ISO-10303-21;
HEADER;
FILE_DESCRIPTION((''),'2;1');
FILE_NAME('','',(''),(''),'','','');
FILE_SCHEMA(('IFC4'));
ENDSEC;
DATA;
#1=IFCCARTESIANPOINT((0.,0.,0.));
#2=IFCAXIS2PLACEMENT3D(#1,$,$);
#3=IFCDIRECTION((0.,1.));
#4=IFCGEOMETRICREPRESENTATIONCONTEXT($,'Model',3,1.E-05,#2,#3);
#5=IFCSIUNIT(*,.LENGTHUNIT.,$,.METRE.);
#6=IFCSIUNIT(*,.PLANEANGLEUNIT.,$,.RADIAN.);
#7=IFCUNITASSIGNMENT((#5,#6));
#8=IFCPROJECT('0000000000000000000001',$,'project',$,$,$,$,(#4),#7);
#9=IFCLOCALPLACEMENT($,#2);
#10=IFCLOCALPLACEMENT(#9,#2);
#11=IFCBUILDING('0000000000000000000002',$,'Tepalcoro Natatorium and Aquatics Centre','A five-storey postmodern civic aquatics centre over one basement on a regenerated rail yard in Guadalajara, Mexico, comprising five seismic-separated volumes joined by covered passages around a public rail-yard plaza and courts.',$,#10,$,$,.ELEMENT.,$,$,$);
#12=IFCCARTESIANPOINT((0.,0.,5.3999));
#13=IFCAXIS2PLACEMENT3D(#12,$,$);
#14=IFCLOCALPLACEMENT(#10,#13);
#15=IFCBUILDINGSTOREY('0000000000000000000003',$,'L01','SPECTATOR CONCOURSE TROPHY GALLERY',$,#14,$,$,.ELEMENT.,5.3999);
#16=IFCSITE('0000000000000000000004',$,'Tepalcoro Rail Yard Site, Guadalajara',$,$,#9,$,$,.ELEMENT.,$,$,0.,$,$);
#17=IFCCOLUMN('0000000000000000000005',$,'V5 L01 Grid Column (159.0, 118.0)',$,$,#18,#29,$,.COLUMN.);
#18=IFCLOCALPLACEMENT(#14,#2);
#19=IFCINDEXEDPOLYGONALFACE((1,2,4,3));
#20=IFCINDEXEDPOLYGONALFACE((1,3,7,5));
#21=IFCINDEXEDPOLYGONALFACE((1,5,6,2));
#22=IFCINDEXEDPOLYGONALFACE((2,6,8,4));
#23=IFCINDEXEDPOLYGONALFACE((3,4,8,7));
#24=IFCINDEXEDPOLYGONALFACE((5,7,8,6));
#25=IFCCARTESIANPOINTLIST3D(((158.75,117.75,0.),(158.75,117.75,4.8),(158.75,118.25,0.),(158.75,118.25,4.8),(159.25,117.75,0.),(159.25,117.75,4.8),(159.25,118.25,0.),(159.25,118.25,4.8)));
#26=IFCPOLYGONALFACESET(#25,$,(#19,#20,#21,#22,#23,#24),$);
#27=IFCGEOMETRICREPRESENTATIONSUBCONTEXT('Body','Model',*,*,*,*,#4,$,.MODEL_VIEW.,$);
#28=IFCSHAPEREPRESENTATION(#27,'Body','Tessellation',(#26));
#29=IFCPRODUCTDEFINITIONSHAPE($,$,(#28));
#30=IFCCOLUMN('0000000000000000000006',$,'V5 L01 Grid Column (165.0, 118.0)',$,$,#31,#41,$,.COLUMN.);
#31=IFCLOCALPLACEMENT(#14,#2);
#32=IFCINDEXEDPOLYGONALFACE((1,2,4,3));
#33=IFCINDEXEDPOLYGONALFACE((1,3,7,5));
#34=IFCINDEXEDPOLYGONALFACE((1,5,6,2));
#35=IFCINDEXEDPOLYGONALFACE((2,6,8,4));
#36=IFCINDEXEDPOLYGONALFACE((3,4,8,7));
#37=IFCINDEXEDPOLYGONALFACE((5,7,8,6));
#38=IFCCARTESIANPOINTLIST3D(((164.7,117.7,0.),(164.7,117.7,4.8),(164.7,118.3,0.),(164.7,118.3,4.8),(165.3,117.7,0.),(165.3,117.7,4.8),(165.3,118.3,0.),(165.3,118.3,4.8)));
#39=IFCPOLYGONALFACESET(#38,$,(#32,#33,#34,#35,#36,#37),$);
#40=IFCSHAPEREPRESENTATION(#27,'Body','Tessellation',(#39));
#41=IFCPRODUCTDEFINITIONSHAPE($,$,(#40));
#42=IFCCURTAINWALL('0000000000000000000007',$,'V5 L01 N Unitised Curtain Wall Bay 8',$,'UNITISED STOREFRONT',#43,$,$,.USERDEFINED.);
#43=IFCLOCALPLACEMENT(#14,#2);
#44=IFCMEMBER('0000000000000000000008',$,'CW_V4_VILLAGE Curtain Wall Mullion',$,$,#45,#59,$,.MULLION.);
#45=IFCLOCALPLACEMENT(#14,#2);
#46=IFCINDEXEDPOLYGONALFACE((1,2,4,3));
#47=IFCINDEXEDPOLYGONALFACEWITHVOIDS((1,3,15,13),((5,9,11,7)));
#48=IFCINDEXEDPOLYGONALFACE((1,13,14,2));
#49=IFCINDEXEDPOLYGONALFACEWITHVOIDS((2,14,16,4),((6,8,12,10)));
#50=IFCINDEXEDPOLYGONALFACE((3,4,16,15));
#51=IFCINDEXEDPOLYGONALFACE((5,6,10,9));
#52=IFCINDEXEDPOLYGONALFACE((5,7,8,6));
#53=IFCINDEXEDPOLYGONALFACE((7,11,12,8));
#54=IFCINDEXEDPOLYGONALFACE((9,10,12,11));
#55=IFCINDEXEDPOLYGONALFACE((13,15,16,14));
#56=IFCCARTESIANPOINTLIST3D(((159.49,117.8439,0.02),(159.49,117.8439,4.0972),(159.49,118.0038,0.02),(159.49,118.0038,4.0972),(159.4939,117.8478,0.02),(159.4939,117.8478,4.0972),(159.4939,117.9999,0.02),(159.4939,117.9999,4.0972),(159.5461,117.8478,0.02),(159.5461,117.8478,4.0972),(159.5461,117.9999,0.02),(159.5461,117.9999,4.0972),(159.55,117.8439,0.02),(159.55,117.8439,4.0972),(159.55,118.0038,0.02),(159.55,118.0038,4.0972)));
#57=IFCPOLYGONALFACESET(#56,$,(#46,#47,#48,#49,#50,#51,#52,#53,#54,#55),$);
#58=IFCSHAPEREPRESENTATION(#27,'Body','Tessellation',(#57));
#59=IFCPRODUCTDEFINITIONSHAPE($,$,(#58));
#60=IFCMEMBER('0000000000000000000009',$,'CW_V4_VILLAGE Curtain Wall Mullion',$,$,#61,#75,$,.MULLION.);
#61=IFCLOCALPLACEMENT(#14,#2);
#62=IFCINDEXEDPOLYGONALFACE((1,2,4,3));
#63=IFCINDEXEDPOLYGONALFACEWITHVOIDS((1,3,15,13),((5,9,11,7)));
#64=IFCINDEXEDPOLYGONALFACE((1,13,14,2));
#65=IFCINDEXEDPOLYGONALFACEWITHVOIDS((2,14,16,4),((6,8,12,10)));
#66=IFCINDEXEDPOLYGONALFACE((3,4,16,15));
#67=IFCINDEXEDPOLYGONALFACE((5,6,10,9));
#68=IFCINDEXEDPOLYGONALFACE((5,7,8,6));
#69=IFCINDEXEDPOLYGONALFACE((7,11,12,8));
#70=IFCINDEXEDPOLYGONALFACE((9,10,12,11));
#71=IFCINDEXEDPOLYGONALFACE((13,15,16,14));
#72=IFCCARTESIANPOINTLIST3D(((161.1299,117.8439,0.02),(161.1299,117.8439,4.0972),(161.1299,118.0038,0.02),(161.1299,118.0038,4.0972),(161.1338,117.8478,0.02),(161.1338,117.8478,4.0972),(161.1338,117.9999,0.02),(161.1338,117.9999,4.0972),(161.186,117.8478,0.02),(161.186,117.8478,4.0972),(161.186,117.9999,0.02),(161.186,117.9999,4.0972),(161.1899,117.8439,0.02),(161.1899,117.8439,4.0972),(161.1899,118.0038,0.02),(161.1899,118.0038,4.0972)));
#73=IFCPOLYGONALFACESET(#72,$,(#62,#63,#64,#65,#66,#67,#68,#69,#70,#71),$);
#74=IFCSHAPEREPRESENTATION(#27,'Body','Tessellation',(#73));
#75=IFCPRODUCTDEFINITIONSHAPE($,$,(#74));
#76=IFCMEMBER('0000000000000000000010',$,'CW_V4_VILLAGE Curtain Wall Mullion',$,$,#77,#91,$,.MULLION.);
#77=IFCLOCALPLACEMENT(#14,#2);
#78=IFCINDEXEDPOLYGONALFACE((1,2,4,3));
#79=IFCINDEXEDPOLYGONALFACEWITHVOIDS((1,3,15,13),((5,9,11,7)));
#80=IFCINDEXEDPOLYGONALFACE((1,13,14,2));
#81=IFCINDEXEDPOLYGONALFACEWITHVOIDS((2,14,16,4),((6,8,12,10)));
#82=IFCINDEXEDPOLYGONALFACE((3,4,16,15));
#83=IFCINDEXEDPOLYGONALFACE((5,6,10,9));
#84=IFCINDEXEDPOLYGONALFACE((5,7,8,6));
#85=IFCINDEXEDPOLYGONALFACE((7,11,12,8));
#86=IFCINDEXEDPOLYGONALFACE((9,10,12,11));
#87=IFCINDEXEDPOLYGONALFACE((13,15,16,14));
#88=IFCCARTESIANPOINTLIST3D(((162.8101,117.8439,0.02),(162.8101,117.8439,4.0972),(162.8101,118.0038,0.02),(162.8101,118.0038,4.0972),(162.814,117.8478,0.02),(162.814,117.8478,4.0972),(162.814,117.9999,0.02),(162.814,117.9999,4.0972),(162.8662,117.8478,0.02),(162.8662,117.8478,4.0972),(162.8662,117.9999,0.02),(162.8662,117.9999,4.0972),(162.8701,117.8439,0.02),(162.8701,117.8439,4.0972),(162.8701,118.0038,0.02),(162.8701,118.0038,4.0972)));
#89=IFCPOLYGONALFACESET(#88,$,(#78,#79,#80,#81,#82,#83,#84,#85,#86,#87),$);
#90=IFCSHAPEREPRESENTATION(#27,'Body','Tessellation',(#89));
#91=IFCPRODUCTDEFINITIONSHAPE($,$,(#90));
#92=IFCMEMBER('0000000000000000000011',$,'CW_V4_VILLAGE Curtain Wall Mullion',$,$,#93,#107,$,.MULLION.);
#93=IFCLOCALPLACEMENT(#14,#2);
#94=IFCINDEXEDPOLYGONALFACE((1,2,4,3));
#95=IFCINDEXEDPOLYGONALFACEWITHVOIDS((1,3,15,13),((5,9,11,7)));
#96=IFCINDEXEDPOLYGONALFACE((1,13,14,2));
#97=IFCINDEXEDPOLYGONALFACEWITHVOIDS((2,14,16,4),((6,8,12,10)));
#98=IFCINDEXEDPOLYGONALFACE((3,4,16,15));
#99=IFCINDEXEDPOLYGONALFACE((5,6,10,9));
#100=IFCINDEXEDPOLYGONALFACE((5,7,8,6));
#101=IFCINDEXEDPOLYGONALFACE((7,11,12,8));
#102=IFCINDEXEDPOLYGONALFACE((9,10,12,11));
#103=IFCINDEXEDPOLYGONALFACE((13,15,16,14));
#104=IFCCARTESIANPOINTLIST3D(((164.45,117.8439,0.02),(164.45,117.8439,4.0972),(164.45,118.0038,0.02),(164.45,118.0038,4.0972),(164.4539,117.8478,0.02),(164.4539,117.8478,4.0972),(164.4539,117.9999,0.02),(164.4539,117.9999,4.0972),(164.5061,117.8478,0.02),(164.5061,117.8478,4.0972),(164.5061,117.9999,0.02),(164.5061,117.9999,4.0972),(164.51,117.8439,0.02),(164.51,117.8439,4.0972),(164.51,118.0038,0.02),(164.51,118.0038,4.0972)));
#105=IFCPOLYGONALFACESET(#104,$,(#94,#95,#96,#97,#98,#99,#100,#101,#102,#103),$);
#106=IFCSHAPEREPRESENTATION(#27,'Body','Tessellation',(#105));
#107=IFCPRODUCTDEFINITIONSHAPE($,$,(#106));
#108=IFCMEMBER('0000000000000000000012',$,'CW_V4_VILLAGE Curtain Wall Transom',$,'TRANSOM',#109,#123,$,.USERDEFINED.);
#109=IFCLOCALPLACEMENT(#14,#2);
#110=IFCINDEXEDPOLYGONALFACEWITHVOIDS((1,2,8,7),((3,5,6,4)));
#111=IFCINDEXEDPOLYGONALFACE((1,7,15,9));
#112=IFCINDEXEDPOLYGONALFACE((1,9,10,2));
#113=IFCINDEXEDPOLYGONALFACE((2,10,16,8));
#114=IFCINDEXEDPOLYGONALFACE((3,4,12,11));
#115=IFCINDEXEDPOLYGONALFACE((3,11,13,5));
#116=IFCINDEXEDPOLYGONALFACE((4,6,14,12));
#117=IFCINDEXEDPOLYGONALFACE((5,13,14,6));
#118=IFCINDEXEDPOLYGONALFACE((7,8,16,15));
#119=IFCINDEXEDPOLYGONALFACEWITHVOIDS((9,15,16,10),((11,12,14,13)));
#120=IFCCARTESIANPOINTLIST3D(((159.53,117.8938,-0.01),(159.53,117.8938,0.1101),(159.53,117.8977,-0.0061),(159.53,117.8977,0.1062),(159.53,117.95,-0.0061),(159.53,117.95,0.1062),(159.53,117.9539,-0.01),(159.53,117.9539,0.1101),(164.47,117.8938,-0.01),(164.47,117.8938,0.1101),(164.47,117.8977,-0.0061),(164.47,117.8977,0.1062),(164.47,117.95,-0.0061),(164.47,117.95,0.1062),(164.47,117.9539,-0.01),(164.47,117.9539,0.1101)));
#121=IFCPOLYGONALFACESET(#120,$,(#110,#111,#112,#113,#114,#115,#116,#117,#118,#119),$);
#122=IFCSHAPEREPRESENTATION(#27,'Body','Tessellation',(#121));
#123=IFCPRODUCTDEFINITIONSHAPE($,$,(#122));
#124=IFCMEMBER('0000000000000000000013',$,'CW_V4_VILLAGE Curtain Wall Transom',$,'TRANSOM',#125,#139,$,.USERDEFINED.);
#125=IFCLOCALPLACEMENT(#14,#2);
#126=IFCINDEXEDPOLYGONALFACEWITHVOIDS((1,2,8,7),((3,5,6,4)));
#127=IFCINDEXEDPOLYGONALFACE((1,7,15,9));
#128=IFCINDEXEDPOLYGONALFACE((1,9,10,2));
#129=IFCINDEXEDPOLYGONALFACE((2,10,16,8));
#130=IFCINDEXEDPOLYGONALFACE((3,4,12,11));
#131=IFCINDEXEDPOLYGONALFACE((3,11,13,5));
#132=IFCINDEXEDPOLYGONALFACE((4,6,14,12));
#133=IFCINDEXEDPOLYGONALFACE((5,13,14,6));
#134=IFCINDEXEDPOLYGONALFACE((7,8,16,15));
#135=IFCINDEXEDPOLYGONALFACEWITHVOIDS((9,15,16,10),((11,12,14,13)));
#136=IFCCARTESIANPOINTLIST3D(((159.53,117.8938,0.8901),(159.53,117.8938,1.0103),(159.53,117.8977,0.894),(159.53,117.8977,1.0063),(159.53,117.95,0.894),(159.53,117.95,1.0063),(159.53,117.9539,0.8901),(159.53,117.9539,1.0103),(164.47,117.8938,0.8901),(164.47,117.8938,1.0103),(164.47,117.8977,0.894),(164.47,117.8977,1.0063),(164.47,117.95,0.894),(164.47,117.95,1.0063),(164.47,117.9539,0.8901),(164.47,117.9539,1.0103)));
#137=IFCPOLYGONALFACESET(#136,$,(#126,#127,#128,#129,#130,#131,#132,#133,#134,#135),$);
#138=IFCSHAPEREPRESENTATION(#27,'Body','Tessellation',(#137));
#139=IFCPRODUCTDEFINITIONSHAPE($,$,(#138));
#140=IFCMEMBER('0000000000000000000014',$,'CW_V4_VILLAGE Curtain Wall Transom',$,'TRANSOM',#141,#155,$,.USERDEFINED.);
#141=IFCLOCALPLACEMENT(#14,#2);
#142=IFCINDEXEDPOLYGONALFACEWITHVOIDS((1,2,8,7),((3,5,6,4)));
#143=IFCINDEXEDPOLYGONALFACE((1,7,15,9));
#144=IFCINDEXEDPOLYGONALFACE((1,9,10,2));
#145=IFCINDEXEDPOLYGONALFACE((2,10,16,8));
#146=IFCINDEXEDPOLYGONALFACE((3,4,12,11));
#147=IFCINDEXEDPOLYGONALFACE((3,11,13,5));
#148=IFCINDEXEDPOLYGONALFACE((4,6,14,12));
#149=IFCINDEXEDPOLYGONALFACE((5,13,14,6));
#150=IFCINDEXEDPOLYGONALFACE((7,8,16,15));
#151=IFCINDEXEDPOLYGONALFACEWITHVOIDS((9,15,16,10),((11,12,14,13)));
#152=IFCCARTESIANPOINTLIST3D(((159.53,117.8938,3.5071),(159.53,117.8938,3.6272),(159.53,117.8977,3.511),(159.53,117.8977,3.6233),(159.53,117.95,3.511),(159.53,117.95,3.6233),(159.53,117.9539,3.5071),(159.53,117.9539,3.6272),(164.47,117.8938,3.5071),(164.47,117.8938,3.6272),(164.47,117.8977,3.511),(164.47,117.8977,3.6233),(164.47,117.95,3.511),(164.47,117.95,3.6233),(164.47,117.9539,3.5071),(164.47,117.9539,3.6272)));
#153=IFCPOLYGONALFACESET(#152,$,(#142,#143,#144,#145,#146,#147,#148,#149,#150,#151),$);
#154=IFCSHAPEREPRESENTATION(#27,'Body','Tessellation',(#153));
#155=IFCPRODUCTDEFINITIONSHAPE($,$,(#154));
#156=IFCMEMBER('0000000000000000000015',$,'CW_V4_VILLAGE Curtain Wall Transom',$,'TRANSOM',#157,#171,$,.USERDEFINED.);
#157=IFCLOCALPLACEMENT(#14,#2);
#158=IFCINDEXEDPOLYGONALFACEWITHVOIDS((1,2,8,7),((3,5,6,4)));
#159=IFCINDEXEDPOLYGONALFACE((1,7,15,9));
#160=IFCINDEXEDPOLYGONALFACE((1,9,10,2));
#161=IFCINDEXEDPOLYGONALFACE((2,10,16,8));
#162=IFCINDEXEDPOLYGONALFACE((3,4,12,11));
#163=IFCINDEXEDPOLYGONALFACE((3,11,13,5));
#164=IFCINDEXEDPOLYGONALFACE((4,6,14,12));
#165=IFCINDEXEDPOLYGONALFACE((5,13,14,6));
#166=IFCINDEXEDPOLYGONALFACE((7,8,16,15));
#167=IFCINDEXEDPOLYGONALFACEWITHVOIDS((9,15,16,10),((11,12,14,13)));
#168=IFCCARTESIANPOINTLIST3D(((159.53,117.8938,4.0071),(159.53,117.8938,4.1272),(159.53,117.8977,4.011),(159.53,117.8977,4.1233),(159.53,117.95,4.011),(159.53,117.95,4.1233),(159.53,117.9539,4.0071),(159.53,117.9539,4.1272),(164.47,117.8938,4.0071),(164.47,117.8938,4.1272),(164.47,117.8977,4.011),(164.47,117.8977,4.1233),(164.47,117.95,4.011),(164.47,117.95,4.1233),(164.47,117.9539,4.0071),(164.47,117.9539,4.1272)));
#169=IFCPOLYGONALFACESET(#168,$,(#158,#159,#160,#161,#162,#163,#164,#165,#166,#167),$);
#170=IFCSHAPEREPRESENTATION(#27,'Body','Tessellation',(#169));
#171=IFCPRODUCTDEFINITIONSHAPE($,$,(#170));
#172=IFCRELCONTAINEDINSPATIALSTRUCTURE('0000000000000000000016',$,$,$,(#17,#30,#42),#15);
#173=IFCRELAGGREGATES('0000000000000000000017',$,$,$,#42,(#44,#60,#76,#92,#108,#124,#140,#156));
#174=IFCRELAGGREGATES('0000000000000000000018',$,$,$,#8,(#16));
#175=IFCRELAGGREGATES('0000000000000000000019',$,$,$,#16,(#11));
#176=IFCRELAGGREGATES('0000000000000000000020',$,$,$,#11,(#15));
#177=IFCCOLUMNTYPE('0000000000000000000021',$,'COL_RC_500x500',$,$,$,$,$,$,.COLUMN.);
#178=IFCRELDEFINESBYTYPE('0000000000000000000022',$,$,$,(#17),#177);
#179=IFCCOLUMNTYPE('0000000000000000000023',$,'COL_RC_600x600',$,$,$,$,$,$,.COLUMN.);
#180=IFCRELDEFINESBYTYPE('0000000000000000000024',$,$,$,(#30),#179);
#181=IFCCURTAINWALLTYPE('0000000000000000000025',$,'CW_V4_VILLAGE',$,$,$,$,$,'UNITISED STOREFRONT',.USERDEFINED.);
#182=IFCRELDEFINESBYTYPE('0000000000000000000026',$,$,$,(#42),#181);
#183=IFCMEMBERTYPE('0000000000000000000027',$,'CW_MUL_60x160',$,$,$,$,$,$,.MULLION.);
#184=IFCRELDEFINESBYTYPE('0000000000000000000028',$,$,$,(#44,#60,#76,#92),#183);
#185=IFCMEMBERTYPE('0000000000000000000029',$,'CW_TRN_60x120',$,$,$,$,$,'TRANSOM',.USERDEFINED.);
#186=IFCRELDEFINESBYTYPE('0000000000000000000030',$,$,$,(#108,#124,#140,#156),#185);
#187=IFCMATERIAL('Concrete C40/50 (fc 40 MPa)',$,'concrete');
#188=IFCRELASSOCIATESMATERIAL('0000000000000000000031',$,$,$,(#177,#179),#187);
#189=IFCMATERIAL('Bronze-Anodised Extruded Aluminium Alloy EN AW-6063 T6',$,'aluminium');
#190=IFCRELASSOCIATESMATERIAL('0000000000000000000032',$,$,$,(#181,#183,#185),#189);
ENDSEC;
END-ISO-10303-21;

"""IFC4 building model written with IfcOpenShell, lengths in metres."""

from ifc_helpers import new_model, si_unit, direction, frame, origin, origin_2d, place, context, subcontext, project, spatial, rectangle, hollow_rectangle, extrude, material, material_profile, profile_set, type_object, element, aggregate, save


model = new_model("IFC4")

# Units and contexts
model_context = context("Model", 3, precision=1e-05, world=origin(), true_north=direction((0.0, 1.0)))
body_context = subcontext(model_context, "Body", "Model", "MODEL_VIEW")
ifc_project = project(units=[si_unit("LENGTHUNIT", "METRE"), si_unit("PLANEANGLEUNIT", "RADIAN")], contexts=[model_context])

# Site, building, storey
site_placement = place(None, origin())
site = spatial("IfcSite", under=ifc_project, at=site_placement, Name="Tepalcoro Rail Yard Site, Guadalajara", CompositionType="ELEMENT", RefElevation=0.0)
building_placement = place(site_placement, origin())
building = spatial("IfcBuilding", under=site, at=building_placement, Name="Tepalcoro Natatorium and Aquatics Centre", Description="A five-storey postmodern civic aquatics centre over one basement on a regenerated rail yard in Guadalajara, Mexico, comprising five seismic-separated volumes joined by covered passages around a public rail-yard plaza and courts.", CompositionType="ELEMENT")
storey_placement = place(building_placement, frame((0.0, 0.0, 5.3999)))
storey = spatial("IfcBuildingStorey", under=building, at=storey_placement, Name="L01", Description="SPECTATOR CONCOURSE TROPHY GALLERY", CompositionType="ELEMENT", Elevation=5.3999)

# Columns
ifc_material_1 = material(Name="Concrete C40/50 (fc 40 MPa)", Category="concrete")
ifc_material_profile_1 = material_profile(ifc_material_1, rectangle(XDim=0.5, YDim=0.5, at=origin_2d()), Name="RC500x500")
ifc_profile_set_1 = profile_set([ifc_material_profile_1], Name="Concrete C40/50 (fc 40 MPa)")
column_type_1 = type_object("IfcColumnType", Name="COL_RC_500x500", PredefinedType="COLUMN", material=ifc_profile_set_1)
column_1_placement = place(storey_placement, frame((159.0, 118.0, 0.0), z_axis=(0.0, 0.0, 1.0), x_axis=(1.0, 0.0, 0.0)))
element("IfcColumn", 1, at=column_1_placement, inside=storey, type_object=column_type_1, Name="V5 L01 Grid Column (159.0, 118.0)", PredefinedType="COLUMN", context=body_context, shape_type="SweptSolid", body=[
    extrude(rectangle(XDim=0.5, YDim=0.5, at=origin_2d()), origin(), (0.0, 0.0, 1.0), 4.8),
])
ifc_material_profile_2 = material_profile(ifc_material_1, rectangle(XDim=0.6001, YDim=0.6001, at=origin_2d()), Name="RC600x600")
ifc_profile_set_2 = profile_set([ifc_material_profile_2], Name="Concrete C40/50 (fc 40 MPa)")
column_type_2 = type_object("IfcColumnType", Name="COL_RC_600x600", PredefinedType="COLUMN", material=ifc_profile_set_2)
column_2_placement = place(storey_placement, frame((165.0, 118.0, 0.0), z_axis=(0.0, 0.0, 1.0), x_axis=(1.0, 0.0, 0.0)))
element("IfcColumn", 2, at=column_2_placement, inside=storey, type_object=column_type_2, Name="V5 L01 Grid Column (165.0, 118.0)", PredefinedType="COLUMN", context=body_context, shape_type="SweptSolid", body=[
    extrude(rectangle(XDim=0.6001, YDim=0.6001, at=origin_2d()), origin(), (0.0, 0.0, 1.0), 4.8),
])

# Curtain wall, members
ifc_material_2 = material(Name="Bronze-Anodised Extruded Aluminium Alloy EN AW-6063 T6", Category="aluminium")
curtain_wall_type = type_object("IfcCurtainWallType", Name="CW_V4_VILLAGE", ElementType="UNITISED STOREFRONT", PredefinedType="USERDEFINED", material=ifc_material_2)
curtain_wall_placement = place(storey_placement, origin())
curtain_wall = element("IfcCurtainWall", 3, at=curtain_wall_placement, inside=storey, type_object=curtain_wall_type, Name="V5 L01 N Unitised Curtain Wall Bay 8", ObjectType="UNITISED STOREFRONT", PredefinedType="USERDEFINED")
ifc_material_profile_3 = material_profile(ifc_material_2, hollow_rectangle(XDim=0.0601, YDim=0.1599, WallThickness=0.0039, at=origin_2d()), Name="AL60X160X4")
ifc_profile_set_3 = profile_set([ifc_material_profile_3], Name="Bronze-Anodised Extruded Aluminium Alloy EN AW-6063 T6")
member_type_1 = type_object("IfcMemberType", Name="CW_MUL_60x160", PredefinedType="MULLION", material=ifc_profile_set_3)
member_1_placement = place(storey_placement, frame((159.52, 117.9238, 0.02), z_axis=(0.0, 0.0, 1.0), x_axis=(1.0, 0.0, 0.0)))
member_1 = element("IfcMember", 4, at=member_1_placement, type_object=member_type_1, Name="CW_V4_VILLAGE Curtain Wall Mullion", PredefinedType="MULLION", context=body_context, shape_type="SweptSolid", body=[
    extrude(hollow_rectangle(XDim=0.0601, YDim=0.1599, WallThickness=0.0039, at=origin_2d()), origin(), (0.0, 0.0, 1.0), 4.0771),
])
member_2_placement = place(storey_placement, frame((161.1599, 117.9238, 0.02), z_axis=(0.0, 0.0, 1.0), x_axis=(1.0, 0.0, 0.0)))
member_2 = element("IfcMember", 5, at=member_2_placement, type_object=member_type_1, Name="CW_V4_VILLAGE Curtain Wall Mullion", PredefinedType="MULLION", context=body_context, shape_type="SweptSolid", body=[
    extrude(hollow_rectangle(XDim=0.0601, YDim=0.1599, WallThickness=0.0039, at=origin_2d()), origin(), (0.0, 0.0, 1.0), 4.0771),
])
member_3_placement = place(storey_placement, frame((162.8401, 117.9238, 0.02), z_axis=(0.0, 0.0, 1.0), x_axis=(1.0, 0.0, 0.0)))
member_3 = element("IfcMember", 6, at=member_3_placement, type_object=member_type_1, Name="CW_V4_VILLAGE Curtain Wall Mullion", PredefinedType="MULLION", context=body_context, shape_type="SweptSolid", body=[
    extrude(hollow_rectangle(XDim=0.0601, YDim=0.1599, WallThickness=0.0039, at=origin_2d()), origin(), (0.0, 0.0, 1.0), 4.0771),
])
member_4_placement = place(storey_placement, frame((164.48, 117.9238, 0.02), z_axis=(0.0, 0.0, 1.0), x_axis=(1.0, 0.0, 0.0)))
member_4 = element("IfcMember", 7, at=member_4_placement, type_object=member_type_1, Name="CW_V4_VILLAGE Curtain Wall Mullion", PredefinedType="MULLION", context=body_context, shape_type="SweptSolid", body=[
    extrude(hollow_rectangle(XDim=0.0601, YDim=0.1599, WallThickness=0.0039, at=origin_2d()), origin(), (0.0, 0.0, 1.0), 4.0771),
])
ifc_material_profile_4 = material_profile(ifc_material_2, hollow_rectangle(XDim=0.0601, YDim=0.1201, WallThickness=0.0039, at=origin_2d()), Name="AL60X120X4")
ifc_profile_set_4 = profile_set([ifc_material_profile_4], Name="Bronze-Anodised Extruded Aluminium Alloy EN AW-6063 T6")
member_type_2 = type_object("IfcMemberType", Name="CW_TRN_60x120", ElementType="TRANSOM", PredefinedType="USERDEFINED", material=ifc_profile_set_4)
member_5_placement = place(storey_placement, frame((159.53, 117.9238, 0.05), z_axis=(1.0, 0.0, 0.0), x_axis=(0.0, 1.0, 0.0)))
member_5 = element("IfcMember", 8, at=member_5_placement, type_object=member_type_2, Name="CW_V4_VILLAGE Curtain Wall Transom", ObjectType="TRANSOM", PredefinedType="USERDEFINED", context=body_context, shape_type="SweptSolid", body=[
    extrude(hollow_rectangle(XDim=0.0601, YDim=0.1201, WallThickness=0.0039, at=origin_2d()), origin(), (0.0, 0.0, 1.0), 4.9399),
])
member_6_placement = place(storey_placement, frame((159.53, 117.9238, 0.9502), z_axis=(1.0, 0.0, 0.0), x_axis=(0.0, 1.0, 0.0)))
member_6 = element("IfcMember", 9, at=member_6_placement, type_object=member_type_2, Name="CW_V4_VILLAGE Curtain Wall Transom", ObjectType="TRANSOM", PredefinedType="USERDEFINED", context=body_context, shape_type="SweptSolid", body=[
    extrude(hollow_rectangle(XDim=0.0601, YDim=0.1201, WallThickness=0.0039, at=origin_2d()), origin(), (0.0, 0.0, 1.0), 4.9399),
])
member_7_placement = place(storey_placement, frame((159.53, 117.9238, 3.5671), z_axis=(1.0, 0.0, 0.0), x_axis=(0.0, 1.0, 0.0)))
member_7 = element("IfcMember", 10, at=member_7_placement, type_object=member_type_2, Name="CW_V4_VILLAGE Curtain Wall Transom", ObjectType="TRANSOM", PredefinedType="USERDEFINED", context=body_context, shape_type="SweptSolid", body=[
    extrude(hollow_rectangle(XDim=0.0601, YDim=0.1201, WallThickness=0.0039, at=origin_2d()), origin(), (0.0, 0.0, 1.0), 4.9399),
])
member_8_placement = place(storey_placement, frame((159.53, 117.9238, 4.0671), z_axis=(1.0, 0.0, 0.0), x_axis=(0.0, 1.0, 0.0)))
member_8 = element("IfcMember", 11, at=member_8_placement, type_object=member_type_2, Name="CW_V4_VILLAGE Curtain Wall Transom", ObjectType="TRANSOM", PredefinedType="USERDEFINED", context=body_context, shape_type="SweptSolid", body=[
    extrude(hollow_rectangle(XDim=0.0601, YDim=0.1201, WallThickness=0.0039, at=origin_2d()), origin(), (0.0, 0.0, 1.0), 4.9399),
])

aggregate(curtain_wall, [member_1, member_2, member_3, member_4, member_5, member_6, member_7, member_8])

save(model, "model.ifc")
